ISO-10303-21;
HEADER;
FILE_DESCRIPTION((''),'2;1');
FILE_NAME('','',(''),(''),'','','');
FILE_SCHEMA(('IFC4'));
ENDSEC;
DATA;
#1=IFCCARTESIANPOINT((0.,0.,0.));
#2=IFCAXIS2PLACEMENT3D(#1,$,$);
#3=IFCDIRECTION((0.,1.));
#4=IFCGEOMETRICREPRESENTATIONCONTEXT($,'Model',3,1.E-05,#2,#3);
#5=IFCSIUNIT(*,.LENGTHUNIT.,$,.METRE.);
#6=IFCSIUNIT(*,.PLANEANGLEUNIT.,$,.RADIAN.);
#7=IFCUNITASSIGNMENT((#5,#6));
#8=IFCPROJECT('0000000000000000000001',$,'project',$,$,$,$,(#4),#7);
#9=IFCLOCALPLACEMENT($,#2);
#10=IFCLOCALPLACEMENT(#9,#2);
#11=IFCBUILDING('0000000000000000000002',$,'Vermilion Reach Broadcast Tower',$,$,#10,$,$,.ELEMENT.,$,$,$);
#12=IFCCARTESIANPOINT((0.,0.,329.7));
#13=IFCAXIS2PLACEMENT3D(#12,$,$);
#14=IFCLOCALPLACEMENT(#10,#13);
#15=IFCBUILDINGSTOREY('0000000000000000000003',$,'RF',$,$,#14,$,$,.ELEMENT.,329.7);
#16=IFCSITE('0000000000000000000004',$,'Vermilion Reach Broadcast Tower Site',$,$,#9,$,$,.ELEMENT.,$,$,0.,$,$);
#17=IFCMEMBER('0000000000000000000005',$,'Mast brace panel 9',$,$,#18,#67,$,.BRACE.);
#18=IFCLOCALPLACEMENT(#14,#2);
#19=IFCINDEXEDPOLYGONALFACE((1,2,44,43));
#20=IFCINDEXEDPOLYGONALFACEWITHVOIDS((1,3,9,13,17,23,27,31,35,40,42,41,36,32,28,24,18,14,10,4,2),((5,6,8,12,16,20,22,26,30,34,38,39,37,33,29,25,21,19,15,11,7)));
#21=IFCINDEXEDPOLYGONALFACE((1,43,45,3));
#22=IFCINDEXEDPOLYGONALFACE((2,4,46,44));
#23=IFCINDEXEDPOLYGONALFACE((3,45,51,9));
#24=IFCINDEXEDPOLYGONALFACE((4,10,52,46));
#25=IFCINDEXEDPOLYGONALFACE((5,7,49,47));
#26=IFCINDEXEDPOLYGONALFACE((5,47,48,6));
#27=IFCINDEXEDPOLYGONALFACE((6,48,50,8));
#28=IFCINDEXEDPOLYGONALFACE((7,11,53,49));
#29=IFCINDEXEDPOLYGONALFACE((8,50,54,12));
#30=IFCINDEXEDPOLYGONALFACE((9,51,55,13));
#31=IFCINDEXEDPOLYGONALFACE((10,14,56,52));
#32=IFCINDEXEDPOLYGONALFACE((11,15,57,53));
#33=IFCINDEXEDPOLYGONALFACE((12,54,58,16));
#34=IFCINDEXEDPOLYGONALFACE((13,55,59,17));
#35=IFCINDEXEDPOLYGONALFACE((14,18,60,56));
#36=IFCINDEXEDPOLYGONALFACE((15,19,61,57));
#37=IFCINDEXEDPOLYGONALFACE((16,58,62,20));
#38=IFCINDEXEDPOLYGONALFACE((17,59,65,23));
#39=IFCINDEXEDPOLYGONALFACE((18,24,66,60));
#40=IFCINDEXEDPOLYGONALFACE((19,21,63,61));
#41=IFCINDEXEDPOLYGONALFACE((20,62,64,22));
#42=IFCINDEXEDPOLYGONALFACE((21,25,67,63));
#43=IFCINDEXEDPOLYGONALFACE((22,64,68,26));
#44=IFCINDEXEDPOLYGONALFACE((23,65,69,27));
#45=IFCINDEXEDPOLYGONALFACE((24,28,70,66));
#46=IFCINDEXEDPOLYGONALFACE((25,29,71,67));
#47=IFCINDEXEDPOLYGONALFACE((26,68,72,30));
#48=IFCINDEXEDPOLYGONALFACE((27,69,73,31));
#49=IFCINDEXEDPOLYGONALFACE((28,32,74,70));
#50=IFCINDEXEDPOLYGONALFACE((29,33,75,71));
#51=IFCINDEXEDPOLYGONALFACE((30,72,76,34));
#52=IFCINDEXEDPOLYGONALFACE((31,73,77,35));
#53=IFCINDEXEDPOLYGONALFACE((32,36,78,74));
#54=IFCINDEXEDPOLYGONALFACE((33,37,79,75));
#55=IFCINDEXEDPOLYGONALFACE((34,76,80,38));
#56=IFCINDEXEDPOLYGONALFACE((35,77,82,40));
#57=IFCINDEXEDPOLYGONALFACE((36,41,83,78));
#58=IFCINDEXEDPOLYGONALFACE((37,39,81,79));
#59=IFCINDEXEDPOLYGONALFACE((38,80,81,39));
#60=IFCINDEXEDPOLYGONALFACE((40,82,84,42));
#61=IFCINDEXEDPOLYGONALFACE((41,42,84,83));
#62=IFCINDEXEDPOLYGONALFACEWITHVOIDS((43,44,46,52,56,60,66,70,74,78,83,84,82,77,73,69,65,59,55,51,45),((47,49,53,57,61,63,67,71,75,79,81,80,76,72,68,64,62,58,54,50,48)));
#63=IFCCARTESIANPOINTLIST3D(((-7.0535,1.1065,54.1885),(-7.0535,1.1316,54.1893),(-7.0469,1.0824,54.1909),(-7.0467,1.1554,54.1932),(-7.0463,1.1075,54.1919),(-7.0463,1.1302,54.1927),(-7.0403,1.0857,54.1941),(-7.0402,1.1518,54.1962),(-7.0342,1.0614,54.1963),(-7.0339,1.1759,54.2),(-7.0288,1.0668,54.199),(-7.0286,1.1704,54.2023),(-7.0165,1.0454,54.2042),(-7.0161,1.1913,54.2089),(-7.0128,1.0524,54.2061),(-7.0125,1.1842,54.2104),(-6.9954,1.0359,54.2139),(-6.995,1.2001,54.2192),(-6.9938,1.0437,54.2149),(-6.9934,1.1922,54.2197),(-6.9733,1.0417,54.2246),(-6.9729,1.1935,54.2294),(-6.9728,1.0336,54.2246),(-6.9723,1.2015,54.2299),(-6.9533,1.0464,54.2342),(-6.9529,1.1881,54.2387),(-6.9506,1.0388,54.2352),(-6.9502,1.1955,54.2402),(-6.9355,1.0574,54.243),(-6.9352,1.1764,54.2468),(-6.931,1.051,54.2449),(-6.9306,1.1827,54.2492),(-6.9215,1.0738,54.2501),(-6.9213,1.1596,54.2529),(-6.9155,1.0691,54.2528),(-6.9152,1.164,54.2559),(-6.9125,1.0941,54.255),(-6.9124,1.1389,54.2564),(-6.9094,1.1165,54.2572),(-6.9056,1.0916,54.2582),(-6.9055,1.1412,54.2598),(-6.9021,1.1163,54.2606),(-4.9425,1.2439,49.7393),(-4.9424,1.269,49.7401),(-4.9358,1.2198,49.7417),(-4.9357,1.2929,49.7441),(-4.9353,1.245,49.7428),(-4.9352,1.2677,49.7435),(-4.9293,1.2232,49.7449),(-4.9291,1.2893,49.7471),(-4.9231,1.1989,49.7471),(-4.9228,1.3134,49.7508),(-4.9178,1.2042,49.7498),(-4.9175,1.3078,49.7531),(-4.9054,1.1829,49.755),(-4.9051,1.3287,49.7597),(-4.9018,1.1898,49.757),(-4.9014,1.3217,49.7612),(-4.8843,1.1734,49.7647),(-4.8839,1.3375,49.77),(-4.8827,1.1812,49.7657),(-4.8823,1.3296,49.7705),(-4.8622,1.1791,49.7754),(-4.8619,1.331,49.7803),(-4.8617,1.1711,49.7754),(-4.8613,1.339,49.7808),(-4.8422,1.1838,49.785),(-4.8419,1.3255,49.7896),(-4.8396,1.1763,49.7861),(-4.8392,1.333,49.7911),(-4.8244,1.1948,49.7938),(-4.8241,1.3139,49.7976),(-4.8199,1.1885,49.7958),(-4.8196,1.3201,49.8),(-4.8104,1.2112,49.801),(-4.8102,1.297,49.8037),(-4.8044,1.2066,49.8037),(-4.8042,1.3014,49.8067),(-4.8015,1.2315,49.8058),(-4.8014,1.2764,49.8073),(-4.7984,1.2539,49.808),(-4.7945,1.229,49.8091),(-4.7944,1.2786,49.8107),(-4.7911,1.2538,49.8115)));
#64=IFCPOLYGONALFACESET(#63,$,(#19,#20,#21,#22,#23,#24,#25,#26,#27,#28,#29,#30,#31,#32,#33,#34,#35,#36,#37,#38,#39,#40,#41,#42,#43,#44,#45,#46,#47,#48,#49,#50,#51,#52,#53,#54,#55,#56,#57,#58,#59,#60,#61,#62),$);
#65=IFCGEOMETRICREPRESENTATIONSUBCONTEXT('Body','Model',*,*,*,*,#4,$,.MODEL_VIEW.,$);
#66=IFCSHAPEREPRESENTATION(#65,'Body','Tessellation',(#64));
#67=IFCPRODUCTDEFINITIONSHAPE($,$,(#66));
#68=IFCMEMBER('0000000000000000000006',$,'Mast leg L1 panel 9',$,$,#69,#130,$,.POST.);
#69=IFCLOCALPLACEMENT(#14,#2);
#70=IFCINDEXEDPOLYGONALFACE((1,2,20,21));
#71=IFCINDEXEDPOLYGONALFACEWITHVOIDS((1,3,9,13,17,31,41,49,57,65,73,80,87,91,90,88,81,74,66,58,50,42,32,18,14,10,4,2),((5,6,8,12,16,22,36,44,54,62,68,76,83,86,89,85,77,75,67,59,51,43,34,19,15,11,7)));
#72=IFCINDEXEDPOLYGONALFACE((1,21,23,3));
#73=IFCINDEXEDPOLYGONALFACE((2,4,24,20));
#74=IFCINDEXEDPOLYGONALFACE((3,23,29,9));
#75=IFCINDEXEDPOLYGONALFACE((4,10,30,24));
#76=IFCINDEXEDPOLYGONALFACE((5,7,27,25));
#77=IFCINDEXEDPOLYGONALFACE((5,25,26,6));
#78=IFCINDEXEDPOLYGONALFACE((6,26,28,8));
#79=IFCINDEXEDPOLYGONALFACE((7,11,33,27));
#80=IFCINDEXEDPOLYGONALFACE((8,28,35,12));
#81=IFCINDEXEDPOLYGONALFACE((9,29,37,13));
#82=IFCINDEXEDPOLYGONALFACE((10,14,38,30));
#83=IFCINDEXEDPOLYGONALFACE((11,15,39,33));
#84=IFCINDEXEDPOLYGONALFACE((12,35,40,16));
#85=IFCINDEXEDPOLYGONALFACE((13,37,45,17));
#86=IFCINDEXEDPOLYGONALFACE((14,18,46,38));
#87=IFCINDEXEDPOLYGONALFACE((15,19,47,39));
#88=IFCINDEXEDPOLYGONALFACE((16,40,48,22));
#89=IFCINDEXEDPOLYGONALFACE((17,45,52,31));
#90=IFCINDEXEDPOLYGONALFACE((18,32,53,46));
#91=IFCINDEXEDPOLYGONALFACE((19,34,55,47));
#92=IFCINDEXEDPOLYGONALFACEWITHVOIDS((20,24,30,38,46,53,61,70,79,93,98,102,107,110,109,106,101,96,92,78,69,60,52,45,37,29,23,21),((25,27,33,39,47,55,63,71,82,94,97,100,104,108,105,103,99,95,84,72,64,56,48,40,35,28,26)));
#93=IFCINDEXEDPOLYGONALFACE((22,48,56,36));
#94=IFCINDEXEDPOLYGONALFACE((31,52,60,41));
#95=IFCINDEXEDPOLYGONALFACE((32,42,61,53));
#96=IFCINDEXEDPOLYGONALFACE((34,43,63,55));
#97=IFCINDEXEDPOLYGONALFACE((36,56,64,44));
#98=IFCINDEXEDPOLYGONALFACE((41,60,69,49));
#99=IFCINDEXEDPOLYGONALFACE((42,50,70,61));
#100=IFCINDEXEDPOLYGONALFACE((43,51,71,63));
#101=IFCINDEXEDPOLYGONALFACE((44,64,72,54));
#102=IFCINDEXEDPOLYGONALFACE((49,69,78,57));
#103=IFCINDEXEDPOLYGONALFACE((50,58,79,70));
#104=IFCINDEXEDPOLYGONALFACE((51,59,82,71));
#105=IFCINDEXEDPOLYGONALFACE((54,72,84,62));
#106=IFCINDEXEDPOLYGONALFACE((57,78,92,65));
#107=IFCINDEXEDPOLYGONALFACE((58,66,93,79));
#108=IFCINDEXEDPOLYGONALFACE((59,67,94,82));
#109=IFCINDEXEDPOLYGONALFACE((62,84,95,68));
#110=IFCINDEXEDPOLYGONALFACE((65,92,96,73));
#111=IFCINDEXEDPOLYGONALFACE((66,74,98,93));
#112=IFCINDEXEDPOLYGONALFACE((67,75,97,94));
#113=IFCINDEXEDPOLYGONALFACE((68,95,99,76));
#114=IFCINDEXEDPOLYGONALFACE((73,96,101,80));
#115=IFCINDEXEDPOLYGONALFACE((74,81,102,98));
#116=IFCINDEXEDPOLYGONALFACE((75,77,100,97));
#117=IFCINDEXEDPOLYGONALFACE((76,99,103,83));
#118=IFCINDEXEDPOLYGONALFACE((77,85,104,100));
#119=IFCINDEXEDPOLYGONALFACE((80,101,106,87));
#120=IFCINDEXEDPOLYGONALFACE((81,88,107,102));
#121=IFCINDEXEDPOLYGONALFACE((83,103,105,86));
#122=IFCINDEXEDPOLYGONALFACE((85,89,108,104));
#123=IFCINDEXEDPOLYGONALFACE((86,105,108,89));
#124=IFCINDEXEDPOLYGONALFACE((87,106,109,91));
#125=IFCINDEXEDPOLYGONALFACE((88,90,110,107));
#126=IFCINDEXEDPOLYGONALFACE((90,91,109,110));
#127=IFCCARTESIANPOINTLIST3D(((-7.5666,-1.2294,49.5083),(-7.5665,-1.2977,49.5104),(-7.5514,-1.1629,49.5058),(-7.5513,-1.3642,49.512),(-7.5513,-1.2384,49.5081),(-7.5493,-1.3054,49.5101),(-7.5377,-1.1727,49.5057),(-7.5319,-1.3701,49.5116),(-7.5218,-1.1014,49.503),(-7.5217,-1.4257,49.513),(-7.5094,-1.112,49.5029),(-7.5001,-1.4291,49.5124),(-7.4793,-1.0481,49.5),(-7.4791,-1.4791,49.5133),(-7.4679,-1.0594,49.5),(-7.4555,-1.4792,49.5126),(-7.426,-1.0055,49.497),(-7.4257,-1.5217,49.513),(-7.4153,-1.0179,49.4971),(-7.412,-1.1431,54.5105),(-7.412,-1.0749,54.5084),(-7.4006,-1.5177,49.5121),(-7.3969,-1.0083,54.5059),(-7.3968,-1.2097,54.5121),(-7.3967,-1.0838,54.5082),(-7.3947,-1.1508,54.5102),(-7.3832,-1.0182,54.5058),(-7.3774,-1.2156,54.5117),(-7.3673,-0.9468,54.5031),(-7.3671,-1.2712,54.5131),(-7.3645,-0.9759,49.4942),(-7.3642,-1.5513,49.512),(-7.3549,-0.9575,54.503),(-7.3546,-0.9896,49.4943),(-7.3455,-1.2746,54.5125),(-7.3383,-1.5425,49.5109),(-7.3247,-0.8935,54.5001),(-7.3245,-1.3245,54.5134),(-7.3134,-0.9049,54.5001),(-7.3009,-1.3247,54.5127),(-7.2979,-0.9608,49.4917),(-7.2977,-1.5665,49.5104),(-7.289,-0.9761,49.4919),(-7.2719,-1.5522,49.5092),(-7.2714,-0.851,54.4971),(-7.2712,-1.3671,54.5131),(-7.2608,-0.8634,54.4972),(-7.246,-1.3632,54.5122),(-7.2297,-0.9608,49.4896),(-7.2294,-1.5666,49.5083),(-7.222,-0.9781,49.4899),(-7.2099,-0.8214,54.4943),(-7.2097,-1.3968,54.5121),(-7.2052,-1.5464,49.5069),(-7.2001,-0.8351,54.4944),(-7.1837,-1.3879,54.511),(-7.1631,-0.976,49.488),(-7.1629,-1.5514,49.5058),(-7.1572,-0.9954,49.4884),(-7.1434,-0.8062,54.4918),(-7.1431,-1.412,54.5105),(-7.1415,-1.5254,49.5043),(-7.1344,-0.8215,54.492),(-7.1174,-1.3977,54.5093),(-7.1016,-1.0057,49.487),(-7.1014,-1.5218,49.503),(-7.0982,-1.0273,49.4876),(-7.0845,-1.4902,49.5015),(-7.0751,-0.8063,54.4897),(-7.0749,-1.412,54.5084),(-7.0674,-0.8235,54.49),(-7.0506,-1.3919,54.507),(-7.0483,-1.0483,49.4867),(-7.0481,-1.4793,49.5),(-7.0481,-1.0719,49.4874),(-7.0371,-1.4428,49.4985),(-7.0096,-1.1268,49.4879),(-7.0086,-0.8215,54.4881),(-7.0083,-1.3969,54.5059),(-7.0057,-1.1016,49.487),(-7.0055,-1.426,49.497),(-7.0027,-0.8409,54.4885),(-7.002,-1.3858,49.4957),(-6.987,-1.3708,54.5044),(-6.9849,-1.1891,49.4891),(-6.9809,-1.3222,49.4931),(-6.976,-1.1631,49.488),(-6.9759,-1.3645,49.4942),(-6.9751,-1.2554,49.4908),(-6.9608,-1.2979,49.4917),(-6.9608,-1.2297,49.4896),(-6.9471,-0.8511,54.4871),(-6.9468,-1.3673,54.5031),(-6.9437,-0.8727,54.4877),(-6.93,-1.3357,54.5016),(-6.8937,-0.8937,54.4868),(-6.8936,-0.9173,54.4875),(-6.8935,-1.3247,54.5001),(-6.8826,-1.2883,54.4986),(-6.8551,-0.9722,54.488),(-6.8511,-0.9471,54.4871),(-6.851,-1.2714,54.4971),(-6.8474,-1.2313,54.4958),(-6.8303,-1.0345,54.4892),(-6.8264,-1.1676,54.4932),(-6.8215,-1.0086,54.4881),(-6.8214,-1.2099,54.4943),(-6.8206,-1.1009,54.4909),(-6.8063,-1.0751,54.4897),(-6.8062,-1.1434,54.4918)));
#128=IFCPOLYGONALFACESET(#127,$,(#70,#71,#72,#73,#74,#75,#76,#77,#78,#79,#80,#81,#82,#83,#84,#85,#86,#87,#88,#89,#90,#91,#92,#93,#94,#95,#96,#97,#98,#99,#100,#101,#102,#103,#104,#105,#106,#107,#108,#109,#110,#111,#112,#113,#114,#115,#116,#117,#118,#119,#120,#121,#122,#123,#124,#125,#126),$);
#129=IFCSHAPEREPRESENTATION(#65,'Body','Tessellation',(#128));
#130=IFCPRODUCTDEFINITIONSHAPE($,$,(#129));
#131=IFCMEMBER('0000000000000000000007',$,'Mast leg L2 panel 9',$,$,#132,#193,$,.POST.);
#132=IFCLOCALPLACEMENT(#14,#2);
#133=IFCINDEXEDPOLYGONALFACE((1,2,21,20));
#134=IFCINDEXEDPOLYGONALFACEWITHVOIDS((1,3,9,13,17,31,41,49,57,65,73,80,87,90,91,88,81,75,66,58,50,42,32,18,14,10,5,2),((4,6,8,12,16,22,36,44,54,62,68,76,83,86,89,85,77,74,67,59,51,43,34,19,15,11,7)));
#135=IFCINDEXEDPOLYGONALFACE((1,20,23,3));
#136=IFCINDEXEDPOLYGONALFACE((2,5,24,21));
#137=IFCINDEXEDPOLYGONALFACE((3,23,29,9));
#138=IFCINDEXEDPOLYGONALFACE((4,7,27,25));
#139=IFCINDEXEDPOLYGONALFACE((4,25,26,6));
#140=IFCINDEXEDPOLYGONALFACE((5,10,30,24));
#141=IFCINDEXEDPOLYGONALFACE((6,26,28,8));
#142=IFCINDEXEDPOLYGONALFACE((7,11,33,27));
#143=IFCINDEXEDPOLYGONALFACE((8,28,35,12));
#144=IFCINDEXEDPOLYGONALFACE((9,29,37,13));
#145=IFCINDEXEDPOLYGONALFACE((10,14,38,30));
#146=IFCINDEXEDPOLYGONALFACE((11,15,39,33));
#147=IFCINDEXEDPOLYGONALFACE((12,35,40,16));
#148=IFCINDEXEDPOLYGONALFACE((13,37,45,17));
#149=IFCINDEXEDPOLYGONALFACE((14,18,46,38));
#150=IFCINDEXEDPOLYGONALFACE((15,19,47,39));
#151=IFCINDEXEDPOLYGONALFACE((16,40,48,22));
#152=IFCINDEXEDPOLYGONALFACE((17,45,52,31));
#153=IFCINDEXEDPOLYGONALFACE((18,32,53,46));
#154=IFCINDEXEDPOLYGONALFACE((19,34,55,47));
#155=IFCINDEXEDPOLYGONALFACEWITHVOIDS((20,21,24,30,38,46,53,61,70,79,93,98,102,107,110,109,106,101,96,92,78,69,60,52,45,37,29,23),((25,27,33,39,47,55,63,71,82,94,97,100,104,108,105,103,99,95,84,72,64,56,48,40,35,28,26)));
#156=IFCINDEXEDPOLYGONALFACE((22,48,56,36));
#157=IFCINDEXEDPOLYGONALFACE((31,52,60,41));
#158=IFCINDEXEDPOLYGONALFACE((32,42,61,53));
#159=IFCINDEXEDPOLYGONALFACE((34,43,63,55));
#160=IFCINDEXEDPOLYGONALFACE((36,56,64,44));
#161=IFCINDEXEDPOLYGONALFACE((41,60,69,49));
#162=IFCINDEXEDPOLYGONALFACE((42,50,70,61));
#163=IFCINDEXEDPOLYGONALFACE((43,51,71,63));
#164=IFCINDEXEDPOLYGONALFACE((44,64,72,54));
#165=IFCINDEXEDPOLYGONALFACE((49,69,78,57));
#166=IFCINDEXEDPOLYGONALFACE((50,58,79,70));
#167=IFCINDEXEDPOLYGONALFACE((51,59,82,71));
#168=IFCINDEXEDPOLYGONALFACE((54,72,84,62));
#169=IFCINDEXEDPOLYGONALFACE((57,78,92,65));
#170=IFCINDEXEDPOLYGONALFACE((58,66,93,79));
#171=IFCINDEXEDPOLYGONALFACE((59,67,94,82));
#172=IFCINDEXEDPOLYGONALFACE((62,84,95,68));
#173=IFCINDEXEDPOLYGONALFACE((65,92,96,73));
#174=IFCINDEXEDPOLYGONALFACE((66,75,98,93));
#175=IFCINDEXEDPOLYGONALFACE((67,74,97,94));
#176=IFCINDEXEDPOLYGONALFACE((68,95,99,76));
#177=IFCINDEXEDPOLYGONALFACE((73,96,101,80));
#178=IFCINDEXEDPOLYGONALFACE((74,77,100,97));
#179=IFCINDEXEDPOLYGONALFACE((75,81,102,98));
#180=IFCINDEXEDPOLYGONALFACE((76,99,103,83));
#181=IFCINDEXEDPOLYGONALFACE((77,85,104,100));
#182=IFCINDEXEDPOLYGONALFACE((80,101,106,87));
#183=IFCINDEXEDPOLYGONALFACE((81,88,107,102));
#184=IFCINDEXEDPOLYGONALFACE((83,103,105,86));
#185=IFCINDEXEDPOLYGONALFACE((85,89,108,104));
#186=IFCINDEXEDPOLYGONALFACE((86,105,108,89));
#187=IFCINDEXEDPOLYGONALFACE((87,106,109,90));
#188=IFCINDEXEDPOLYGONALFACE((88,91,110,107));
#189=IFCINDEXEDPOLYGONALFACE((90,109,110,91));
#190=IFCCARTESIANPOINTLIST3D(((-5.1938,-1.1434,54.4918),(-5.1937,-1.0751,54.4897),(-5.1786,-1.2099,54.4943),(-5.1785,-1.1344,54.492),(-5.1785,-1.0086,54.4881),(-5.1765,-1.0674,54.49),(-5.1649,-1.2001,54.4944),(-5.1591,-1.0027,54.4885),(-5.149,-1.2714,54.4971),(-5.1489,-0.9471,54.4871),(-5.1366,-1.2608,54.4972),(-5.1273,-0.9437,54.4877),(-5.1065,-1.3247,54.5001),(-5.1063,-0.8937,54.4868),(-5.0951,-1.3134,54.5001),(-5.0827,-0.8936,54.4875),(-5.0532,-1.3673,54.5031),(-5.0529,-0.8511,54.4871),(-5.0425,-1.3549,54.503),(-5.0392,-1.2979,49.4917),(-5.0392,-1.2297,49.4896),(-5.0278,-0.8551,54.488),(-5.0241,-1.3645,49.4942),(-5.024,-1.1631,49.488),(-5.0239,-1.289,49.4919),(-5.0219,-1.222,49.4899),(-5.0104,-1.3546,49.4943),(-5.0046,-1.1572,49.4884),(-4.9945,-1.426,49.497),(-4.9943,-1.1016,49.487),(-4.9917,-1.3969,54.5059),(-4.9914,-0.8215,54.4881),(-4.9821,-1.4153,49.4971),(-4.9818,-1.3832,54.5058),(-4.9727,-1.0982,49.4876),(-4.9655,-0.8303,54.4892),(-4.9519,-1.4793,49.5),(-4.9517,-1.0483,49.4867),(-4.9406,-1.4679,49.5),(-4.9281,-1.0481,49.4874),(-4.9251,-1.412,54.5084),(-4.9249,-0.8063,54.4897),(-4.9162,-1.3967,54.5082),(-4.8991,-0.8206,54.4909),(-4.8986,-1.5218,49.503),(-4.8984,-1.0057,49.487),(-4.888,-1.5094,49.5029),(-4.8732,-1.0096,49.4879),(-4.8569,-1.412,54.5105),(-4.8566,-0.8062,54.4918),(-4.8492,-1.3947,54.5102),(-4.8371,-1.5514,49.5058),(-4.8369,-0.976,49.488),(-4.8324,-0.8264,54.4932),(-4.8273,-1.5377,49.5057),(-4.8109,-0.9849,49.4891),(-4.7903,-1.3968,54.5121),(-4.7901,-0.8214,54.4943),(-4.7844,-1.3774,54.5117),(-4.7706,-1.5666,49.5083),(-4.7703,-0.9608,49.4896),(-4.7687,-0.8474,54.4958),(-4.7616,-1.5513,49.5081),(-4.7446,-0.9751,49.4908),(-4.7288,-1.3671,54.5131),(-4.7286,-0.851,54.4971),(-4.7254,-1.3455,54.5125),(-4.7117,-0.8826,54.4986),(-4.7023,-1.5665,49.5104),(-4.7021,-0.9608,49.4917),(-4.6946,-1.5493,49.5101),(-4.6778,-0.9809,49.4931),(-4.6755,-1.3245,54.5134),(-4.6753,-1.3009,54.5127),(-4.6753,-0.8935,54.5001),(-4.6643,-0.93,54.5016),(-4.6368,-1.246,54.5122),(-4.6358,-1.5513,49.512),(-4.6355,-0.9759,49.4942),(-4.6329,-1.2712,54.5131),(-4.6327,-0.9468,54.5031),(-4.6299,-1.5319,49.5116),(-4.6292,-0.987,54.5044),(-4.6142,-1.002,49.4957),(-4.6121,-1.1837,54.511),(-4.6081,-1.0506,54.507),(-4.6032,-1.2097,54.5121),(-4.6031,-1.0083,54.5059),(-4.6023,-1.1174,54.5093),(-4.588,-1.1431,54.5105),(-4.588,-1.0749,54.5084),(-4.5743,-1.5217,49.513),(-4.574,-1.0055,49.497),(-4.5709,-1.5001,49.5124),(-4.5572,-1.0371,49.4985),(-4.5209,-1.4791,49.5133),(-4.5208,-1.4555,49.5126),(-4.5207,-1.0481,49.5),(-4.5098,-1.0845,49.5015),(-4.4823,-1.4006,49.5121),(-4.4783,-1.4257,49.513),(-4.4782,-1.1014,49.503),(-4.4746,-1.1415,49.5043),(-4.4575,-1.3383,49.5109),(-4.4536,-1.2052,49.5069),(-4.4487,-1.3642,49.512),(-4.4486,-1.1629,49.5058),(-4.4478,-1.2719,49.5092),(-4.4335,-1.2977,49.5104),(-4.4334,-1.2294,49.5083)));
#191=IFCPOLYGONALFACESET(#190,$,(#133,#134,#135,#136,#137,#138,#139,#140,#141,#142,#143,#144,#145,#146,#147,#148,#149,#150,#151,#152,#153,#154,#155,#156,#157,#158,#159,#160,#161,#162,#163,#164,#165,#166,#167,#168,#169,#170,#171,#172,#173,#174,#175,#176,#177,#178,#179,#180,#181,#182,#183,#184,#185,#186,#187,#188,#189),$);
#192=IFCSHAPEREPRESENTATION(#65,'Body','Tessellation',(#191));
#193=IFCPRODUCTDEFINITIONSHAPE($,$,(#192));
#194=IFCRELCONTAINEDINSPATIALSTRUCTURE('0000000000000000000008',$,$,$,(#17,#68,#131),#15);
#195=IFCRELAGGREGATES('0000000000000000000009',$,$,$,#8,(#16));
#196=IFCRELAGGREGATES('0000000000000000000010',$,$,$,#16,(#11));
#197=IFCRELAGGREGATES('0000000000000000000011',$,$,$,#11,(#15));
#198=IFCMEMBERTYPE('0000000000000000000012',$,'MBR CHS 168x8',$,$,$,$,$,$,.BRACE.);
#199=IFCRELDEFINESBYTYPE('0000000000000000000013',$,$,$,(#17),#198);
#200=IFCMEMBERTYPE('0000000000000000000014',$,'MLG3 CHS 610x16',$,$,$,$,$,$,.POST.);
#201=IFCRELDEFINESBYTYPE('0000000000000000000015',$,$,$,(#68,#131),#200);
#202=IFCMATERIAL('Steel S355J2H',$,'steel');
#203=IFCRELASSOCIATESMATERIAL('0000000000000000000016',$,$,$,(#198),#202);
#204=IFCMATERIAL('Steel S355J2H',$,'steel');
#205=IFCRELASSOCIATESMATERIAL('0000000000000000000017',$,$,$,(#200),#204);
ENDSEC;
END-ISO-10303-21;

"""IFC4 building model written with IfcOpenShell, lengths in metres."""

from ifc_helpers import new_model, si_unit, direction, frame, origin, origin_2d, place, context, subcontext, project, spatial, hollow_circle, extrude, material, material_profile, profile_set, type_object, element, save


model = new_model("IFC4")

# Units and contexts
model_context = context("Model", 3, precision=1e-05, world=origin(), true_north=direction((0.0, 1.0)))
body_context = subcontext(model_context, "Body", "Model", "MODEL_VIEW")
ifc_project = project(units=[si_unit("LENGTHUNIT", "METRE"), si_unit("PLANEANGLEUNIT", "RADIAN")], contexts=[model_context])

# Site, building, storey
site_placement = place(None, origin())
site = spatial("IfcSite", under=ifc_project, at=site_placement, Name="Vermilion Reach Broadcast Tower Site", CompositionType="ELEMENT", RefElevation=0.0)
building_placement = place(site_placement, origin())
building = spatial("IfcBuilding", under=site, at=building_placement, Name="Vermilion Reach Broadcast Tower", CompositionType="ELEMENT")
storey_placement = place(building_placement, frame((0.0, 0.0, 329.7)))
storey = spatial("IfcBuildingStorey", under=building, at=storey_placement, Name="RF", CompositionType="ELEMENT", Elevation=329.7)

# Members
ifc_material_1 = material(Name="Steel S355J2H", Category="steel")
ifc_material_profile_1 = material_profile(ifc_material_1, hollow_circle(Radius=0.0842, WallThickness=0.0081, at=origin_2d()), Name="S355J2H CHS 168x8")
ifc_profile_set_1 = profile_set([ifc_material_profile_1], Name="Steel S355J2H")
member_type_1 = type_object("IfcMemberType", Name="MBR CHS 168x8", PredefinedType="BRACE", material=ifc_profile_set_1)
member_1_placement = place(storey_placement, frame((-4.8672, 1.2551, 49.7754), z_axis=(-0.42851, -0.0279, 0.903106), x_axis=(0.064972, -0.997887, 0.0)))
element("IfcMember", 1, at=member_1_placement, inside=storey, type_object=member_type_1, Name="Mast brace panel 9", PredefinedType="BRACE", context=body_context, shape_type="SweptSolid", body=[
    extrude(hollow_circle(Radius=0.0842, WallThickness=0.0081, at=origin_2d()), origin(), (0.0, 0.0, 1.0), 4.9265),
])
ifc_material_2 = material(Name="Steel S355J2H", Category="steel")
ifc_material_profile_2 = material_profile(ifc_material_2, hollow_circle(Radius=0.3049, WallThickness=0.0161, at=origin_2d()), Name="S355J2H CHS 610x16")
ifc_profile_set_2 = profile_set([ifc_material_profile_2], Name="Steel S355J2H")
member_type_2 = type_object("IfcMemberType", Name="MLG3 CHS 610x16", PredefinedType="POST", material=ifc_profile_set_2)
for number, where, z_axis, x_axis, name in (
    (2, (-7.2637, -1.2637, 49.5), (0.030879, 0.030879, 0.999046), (-0.707107, 0.707107, 0.0), "Mast leg L1 panel 9"),
    (3, (-4.7363, -1.2637, 49.5), (-0.030879, 0.030879, 0.999046), (-0.707107, -0.707107, 0.0), "Mast leg L2 panel 9"),
):
    element("IfcMember", number, at=place(storey_placement, frame(where, z_axis=z_axis, x_axis=x_axis)), inside=storey, type_object=member_type_2, Name=name, PredefinedType="POST", context=body_context, shape_type="SweptSolid", body=[
        extrude(hollow_circle(Radius=0.3049, WallThickness=0.0161, at=origin_2d()), origin(), (0.0, 0.0, 1.0), 5.0049),
    ])

save(model, "model.ifc")
